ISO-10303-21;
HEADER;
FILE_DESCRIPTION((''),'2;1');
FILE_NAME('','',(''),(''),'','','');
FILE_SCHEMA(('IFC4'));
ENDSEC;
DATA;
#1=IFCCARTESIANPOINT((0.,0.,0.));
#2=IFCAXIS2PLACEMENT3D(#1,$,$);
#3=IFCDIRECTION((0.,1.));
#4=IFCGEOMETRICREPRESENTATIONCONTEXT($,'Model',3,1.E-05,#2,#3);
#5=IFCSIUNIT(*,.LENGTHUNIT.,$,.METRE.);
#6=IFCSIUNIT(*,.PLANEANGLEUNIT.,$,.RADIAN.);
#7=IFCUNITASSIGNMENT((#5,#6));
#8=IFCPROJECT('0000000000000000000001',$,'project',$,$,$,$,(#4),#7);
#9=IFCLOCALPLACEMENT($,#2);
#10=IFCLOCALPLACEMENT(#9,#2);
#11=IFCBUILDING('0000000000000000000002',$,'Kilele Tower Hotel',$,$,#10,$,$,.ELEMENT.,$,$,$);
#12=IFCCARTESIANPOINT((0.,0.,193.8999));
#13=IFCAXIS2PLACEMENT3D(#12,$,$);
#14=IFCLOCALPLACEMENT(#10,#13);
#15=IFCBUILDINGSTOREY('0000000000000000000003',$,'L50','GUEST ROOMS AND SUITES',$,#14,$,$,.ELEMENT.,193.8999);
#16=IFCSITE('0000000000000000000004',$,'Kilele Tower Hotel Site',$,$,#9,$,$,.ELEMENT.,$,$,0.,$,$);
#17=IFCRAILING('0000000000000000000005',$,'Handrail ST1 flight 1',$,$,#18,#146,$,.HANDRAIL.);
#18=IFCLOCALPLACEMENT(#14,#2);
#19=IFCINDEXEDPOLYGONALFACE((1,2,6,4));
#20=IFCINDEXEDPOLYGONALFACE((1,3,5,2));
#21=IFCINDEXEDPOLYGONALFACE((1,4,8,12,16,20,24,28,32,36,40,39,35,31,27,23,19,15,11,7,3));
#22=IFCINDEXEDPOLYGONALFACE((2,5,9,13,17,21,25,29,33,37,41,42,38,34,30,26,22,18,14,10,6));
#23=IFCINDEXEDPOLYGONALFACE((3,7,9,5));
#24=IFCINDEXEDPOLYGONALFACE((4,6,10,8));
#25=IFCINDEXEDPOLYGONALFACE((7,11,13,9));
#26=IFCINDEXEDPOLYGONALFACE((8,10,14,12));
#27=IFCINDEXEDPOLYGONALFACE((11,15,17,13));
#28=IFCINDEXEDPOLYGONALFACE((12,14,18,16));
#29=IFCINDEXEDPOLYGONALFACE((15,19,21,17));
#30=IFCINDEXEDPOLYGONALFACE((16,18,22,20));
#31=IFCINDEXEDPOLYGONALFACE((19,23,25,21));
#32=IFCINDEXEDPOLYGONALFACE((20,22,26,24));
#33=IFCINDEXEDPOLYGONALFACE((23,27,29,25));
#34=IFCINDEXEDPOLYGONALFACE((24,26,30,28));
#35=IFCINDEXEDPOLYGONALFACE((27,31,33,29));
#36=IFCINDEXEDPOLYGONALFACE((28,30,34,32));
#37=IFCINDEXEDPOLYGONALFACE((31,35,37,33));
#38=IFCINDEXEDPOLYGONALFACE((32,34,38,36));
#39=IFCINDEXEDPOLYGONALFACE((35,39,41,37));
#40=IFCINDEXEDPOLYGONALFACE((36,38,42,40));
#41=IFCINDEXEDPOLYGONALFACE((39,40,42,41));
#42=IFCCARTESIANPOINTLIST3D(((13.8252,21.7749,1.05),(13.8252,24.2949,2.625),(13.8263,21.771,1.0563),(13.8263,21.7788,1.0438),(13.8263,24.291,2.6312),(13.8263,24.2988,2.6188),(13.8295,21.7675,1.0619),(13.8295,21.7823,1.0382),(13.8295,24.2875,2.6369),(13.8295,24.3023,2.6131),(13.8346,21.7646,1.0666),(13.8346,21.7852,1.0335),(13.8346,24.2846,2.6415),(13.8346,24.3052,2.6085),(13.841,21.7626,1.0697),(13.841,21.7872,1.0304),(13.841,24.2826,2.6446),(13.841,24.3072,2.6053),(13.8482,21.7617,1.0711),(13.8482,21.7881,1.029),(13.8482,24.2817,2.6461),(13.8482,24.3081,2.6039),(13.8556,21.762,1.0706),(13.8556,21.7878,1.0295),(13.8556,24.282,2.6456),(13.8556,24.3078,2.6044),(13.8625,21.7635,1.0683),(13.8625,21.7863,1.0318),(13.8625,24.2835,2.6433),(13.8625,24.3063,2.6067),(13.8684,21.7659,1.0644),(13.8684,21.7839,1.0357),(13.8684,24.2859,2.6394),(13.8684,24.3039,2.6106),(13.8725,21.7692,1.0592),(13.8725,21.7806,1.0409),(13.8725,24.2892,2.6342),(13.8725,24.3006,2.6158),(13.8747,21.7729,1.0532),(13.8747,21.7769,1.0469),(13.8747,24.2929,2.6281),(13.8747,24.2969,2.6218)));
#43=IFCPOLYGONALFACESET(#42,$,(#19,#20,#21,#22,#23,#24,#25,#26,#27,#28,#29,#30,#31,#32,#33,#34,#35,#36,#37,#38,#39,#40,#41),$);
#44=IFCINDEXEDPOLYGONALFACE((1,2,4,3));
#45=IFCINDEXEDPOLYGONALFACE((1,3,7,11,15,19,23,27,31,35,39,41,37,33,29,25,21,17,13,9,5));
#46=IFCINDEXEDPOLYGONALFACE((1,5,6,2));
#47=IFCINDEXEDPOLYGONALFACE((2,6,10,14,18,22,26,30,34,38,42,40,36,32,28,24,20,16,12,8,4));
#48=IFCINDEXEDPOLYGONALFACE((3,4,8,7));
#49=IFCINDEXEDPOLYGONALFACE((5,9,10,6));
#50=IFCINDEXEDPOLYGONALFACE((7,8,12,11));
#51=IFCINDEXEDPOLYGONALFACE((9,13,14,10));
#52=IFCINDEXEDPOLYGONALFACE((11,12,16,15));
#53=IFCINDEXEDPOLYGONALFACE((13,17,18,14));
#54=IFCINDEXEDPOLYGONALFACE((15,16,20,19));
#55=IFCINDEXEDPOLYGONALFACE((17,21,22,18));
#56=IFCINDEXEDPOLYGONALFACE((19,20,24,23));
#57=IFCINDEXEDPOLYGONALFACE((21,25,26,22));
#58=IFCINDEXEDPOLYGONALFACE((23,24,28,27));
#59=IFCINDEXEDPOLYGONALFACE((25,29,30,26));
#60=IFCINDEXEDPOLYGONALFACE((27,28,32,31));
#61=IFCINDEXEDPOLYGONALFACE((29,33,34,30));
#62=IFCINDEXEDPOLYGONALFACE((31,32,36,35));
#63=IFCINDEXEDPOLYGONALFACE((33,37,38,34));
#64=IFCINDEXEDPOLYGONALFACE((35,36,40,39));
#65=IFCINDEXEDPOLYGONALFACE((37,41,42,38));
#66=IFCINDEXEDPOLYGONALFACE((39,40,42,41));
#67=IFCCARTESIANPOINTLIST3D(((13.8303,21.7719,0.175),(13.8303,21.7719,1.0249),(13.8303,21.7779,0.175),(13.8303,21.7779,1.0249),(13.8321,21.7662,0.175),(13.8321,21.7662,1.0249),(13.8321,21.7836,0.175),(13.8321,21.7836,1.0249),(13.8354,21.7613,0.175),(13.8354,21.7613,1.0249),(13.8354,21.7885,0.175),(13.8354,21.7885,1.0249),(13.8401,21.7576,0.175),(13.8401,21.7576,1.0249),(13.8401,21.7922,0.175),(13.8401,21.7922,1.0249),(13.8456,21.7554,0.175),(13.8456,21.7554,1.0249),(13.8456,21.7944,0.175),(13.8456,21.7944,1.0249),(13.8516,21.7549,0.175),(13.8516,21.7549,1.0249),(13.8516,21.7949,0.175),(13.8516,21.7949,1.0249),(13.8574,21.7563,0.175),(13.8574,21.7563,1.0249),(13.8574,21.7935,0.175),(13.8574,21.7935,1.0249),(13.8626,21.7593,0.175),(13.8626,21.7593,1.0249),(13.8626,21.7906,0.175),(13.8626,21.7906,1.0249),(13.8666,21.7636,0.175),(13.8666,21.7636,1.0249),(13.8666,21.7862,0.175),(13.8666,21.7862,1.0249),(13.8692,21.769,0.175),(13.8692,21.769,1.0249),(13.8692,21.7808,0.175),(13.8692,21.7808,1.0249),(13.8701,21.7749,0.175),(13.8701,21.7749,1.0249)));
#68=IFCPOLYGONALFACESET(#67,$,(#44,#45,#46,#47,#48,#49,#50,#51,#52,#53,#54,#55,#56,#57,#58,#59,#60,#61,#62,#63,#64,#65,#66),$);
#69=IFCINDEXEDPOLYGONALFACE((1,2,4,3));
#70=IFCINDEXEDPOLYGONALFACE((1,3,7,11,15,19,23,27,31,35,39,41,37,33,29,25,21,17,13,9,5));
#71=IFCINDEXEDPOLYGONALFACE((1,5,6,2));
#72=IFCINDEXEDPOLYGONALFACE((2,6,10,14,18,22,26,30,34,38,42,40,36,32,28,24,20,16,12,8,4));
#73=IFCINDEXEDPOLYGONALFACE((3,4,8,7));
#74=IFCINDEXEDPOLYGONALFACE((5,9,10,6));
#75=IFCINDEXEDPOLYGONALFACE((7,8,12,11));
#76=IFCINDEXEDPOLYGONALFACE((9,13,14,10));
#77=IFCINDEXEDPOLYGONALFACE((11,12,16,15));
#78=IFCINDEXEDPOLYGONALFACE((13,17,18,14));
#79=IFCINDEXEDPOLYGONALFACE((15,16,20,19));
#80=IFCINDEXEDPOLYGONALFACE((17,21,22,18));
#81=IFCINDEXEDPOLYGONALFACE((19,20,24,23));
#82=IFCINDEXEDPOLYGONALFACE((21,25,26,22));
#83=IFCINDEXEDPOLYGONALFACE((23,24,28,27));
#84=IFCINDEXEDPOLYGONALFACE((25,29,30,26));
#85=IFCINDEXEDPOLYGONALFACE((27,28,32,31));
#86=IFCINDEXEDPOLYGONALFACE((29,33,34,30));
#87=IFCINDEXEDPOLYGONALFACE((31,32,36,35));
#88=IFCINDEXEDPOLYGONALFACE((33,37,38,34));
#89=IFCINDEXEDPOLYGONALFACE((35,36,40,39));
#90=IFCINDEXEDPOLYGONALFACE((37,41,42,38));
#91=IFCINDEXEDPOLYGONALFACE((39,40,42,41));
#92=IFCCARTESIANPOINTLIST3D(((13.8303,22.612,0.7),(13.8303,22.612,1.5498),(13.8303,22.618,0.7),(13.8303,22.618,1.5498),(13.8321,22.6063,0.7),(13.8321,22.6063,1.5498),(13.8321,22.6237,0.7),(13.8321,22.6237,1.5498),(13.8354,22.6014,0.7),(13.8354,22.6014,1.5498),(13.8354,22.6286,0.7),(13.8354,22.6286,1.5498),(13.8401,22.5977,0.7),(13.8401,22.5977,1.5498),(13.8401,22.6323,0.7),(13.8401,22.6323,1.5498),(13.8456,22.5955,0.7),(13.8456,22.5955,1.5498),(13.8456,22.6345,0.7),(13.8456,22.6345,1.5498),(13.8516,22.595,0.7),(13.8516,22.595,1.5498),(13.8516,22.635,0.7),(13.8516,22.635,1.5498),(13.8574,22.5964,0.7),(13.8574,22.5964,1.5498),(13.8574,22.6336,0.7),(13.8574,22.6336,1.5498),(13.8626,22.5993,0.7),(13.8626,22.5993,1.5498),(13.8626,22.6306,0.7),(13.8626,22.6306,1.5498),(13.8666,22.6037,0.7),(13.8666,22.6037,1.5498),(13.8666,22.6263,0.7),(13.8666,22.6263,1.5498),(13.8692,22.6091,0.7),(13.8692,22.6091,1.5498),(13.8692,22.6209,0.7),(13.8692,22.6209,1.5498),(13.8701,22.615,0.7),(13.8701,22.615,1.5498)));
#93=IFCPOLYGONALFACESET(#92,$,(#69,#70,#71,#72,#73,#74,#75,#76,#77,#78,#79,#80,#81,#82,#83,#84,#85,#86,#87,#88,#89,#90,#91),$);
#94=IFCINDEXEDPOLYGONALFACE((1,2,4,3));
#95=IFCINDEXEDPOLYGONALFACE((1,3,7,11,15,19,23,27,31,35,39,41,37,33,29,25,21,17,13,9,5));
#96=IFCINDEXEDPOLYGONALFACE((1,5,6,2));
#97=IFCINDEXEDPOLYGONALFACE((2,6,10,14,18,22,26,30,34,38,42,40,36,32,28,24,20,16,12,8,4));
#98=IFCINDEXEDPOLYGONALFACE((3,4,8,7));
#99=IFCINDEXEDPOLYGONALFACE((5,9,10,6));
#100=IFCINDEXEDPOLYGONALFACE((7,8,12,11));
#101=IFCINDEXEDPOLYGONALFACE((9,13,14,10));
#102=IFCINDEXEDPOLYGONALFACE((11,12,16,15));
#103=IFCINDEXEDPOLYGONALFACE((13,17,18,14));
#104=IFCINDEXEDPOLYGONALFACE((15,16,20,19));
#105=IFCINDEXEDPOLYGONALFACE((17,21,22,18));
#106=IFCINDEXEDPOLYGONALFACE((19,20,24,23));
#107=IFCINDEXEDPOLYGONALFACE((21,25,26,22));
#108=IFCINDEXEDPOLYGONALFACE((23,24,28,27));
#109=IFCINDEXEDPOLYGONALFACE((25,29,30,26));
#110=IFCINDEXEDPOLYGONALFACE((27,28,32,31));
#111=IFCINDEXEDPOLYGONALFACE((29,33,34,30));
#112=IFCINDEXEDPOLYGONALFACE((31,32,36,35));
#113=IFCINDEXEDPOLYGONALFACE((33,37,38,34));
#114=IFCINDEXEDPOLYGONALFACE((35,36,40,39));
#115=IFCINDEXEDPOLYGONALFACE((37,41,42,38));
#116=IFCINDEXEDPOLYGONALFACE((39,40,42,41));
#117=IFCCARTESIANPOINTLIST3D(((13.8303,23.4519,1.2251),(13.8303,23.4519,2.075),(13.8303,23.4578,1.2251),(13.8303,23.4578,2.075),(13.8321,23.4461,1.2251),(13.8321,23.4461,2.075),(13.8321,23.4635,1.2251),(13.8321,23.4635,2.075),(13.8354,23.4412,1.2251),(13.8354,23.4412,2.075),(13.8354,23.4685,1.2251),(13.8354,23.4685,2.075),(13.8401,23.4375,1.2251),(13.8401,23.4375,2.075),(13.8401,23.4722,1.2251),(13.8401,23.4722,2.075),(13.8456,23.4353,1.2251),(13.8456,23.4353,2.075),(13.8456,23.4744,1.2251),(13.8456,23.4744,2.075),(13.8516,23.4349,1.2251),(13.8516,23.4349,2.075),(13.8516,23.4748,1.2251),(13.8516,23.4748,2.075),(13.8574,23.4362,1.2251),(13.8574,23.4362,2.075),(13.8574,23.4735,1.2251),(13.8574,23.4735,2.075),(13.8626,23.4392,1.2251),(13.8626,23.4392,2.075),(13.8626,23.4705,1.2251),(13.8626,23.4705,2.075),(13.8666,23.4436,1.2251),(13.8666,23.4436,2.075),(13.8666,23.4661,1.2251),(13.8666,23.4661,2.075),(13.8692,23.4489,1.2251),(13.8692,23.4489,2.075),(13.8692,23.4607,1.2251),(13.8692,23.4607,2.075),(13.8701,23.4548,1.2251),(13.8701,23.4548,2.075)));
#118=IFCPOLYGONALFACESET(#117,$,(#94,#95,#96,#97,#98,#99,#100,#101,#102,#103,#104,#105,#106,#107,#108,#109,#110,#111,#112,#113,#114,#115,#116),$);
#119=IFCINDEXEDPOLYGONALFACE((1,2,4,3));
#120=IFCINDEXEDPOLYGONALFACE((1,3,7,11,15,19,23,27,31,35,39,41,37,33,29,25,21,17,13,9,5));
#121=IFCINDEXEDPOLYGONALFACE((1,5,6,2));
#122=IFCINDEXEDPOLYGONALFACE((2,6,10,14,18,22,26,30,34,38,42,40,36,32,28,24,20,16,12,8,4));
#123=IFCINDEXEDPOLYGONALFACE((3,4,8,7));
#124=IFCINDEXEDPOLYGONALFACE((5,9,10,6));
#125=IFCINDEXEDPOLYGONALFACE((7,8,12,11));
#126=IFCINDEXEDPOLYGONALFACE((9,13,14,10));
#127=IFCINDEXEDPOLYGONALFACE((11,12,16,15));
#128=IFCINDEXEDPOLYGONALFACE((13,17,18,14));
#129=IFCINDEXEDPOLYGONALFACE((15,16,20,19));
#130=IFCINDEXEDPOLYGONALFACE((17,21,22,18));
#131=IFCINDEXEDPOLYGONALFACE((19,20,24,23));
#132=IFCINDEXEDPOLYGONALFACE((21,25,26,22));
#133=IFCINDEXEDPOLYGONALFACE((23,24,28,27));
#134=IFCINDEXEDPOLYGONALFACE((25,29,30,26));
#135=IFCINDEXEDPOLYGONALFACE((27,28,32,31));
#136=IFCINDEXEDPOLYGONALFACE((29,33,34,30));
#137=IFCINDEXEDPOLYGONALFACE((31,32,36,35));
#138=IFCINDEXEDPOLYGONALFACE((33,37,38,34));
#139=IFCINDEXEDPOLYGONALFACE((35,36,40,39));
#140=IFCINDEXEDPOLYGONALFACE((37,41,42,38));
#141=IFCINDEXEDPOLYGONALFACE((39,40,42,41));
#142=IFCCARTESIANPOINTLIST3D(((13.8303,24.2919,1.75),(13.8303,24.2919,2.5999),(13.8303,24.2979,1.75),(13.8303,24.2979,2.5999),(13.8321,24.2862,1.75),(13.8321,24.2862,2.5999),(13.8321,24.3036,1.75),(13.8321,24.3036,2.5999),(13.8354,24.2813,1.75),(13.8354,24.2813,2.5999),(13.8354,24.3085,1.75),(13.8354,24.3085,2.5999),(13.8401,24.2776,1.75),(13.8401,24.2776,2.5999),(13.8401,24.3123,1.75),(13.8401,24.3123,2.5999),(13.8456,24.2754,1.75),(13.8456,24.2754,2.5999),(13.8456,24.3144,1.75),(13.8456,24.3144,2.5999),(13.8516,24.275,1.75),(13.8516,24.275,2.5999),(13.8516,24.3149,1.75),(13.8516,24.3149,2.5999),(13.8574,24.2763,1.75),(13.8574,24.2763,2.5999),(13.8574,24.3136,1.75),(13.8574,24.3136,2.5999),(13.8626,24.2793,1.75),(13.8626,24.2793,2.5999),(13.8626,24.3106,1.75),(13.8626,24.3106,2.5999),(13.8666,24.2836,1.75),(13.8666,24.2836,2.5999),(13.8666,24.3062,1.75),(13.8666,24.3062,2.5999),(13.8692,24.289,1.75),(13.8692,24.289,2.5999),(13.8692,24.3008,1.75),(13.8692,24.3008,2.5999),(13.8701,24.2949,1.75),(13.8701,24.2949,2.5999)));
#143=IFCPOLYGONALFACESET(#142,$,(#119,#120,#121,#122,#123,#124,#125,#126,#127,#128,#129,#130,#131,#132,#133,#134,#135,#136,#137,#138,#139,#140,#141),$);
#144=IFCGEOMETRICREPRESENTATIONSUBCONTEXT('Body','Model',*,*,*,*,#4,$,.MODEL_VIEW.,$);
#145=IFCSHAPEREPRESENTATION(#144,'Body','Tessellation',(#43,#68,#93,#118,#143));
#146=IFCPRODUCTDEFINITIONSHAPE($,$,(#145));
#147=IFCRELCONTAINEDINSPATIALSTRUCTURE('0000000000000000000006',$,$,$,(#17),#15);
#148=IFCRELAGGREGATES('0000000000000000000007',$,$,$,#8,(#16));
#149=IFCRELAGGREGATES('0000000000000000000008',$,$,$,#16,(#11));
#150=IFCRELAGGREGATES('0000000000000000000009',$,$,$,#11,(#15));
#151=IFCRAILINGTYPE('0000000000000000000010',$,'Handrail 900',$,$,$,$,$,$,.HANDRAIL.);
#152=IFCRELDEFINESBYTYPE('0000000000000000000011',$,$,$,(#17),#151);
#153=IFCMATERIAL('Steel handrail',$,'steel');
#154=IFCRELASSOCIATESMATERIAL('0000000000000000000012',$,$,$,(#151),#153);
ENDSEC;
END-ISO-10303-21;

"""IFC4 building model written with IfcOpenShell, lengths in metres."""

from ifc_helpers import new_model, si_unit, direction, frame, origin, origin_2d, place, context, subcontext, project, spatial, circle, extrude, material, type_object, element, save


model = new_model("IFC4")

# Units and contexts
model_context = context("Model", 3, precision=1e-05, world=origin(), true_north=direction((0.0, 1.0)))
body_context = subcontext(model_context, "Body", "Model", "MODEL_VIEW")
ifc_project = project(units=[si_unit("LENGTHUNIT", "METRE"), si_unit("PLANEANGLEUNIT", "RADIAN")], contexts=[model_context])

# Site, building, storey
site_placement = place(None, origin())
site = spatial("IfcSite", under=ifc_project, at=site_placement, Name="Kilele Tower Hotel Site", CompositionType="ELEMENT", RefElevation=0.0)
building_placement = place(site_placement, origin())
building = spatial("IfcBuilding", under=site, at=building_placement, Name="Kilele Tower Hotel", CompositionType="ELEMENT")
storey_placement = place(building_placement, frame((0.0, 0.0, 193.8999)))
storey = spatial("IfcBuildingStorey", under=building, at=storey_placement, Name="L50", Description="GUEST ROOMS AND SUITES", CompositionType="ELEMENT", Elevation=193.8999)

# Railing
ifc_material_1 = material(Name="Steel handrail", Category="steel")
railing_type_1 = type_object("IfcRailingType", Name="Handrail 900", PredefinedType="HANDRAIL", material=ifc_material_1)
for number, where, name in (
    (1, (13.8501, 21.7749, 0.175), "Handrail ST1 flight 1"),
):
    element("IfcRailing", number, at=place(storey_placement, frame(where)), inside=storey, type_object=railing_type_1, Name=name, PredefinedType="HANDRAIL", context=body_context, shape_type="SweptSolid", body=[
        extrude(circle(Radius=0.0249, at=origin_2d()), frame((0.0, 0.0, 0.875), z_axis=(0.0, 0.848008, 0.529984), x_axis=(-1.0, 0.0, 0.0)), (0.0, 0.0, 1.0), 2.9717),
        extrude(circle(Radius=0.02, at=origin_2d()), origin(), (0.0, 0.0, 1.0), 0.8499),
        extrude(circle(Radius=0.02, at=origin_2d()), frame((0.0, 0.8401, 0.5249)), (0.0, 0.0, 1.0), 0.8499),
        extrude(circle(Radius=0.02, at=origin_2d()), frame((0.0, 1.6799, 1.05)), (0.0, 0.0, 1.0), 0.8499),
        extrude(circle(Radius=0.02, at=origin_2d()), frame((0.0, 2.52, 1.575)), (0.0, 0.0, 1.0), 0.8499),
    ])

save(model, "model.ifc")
